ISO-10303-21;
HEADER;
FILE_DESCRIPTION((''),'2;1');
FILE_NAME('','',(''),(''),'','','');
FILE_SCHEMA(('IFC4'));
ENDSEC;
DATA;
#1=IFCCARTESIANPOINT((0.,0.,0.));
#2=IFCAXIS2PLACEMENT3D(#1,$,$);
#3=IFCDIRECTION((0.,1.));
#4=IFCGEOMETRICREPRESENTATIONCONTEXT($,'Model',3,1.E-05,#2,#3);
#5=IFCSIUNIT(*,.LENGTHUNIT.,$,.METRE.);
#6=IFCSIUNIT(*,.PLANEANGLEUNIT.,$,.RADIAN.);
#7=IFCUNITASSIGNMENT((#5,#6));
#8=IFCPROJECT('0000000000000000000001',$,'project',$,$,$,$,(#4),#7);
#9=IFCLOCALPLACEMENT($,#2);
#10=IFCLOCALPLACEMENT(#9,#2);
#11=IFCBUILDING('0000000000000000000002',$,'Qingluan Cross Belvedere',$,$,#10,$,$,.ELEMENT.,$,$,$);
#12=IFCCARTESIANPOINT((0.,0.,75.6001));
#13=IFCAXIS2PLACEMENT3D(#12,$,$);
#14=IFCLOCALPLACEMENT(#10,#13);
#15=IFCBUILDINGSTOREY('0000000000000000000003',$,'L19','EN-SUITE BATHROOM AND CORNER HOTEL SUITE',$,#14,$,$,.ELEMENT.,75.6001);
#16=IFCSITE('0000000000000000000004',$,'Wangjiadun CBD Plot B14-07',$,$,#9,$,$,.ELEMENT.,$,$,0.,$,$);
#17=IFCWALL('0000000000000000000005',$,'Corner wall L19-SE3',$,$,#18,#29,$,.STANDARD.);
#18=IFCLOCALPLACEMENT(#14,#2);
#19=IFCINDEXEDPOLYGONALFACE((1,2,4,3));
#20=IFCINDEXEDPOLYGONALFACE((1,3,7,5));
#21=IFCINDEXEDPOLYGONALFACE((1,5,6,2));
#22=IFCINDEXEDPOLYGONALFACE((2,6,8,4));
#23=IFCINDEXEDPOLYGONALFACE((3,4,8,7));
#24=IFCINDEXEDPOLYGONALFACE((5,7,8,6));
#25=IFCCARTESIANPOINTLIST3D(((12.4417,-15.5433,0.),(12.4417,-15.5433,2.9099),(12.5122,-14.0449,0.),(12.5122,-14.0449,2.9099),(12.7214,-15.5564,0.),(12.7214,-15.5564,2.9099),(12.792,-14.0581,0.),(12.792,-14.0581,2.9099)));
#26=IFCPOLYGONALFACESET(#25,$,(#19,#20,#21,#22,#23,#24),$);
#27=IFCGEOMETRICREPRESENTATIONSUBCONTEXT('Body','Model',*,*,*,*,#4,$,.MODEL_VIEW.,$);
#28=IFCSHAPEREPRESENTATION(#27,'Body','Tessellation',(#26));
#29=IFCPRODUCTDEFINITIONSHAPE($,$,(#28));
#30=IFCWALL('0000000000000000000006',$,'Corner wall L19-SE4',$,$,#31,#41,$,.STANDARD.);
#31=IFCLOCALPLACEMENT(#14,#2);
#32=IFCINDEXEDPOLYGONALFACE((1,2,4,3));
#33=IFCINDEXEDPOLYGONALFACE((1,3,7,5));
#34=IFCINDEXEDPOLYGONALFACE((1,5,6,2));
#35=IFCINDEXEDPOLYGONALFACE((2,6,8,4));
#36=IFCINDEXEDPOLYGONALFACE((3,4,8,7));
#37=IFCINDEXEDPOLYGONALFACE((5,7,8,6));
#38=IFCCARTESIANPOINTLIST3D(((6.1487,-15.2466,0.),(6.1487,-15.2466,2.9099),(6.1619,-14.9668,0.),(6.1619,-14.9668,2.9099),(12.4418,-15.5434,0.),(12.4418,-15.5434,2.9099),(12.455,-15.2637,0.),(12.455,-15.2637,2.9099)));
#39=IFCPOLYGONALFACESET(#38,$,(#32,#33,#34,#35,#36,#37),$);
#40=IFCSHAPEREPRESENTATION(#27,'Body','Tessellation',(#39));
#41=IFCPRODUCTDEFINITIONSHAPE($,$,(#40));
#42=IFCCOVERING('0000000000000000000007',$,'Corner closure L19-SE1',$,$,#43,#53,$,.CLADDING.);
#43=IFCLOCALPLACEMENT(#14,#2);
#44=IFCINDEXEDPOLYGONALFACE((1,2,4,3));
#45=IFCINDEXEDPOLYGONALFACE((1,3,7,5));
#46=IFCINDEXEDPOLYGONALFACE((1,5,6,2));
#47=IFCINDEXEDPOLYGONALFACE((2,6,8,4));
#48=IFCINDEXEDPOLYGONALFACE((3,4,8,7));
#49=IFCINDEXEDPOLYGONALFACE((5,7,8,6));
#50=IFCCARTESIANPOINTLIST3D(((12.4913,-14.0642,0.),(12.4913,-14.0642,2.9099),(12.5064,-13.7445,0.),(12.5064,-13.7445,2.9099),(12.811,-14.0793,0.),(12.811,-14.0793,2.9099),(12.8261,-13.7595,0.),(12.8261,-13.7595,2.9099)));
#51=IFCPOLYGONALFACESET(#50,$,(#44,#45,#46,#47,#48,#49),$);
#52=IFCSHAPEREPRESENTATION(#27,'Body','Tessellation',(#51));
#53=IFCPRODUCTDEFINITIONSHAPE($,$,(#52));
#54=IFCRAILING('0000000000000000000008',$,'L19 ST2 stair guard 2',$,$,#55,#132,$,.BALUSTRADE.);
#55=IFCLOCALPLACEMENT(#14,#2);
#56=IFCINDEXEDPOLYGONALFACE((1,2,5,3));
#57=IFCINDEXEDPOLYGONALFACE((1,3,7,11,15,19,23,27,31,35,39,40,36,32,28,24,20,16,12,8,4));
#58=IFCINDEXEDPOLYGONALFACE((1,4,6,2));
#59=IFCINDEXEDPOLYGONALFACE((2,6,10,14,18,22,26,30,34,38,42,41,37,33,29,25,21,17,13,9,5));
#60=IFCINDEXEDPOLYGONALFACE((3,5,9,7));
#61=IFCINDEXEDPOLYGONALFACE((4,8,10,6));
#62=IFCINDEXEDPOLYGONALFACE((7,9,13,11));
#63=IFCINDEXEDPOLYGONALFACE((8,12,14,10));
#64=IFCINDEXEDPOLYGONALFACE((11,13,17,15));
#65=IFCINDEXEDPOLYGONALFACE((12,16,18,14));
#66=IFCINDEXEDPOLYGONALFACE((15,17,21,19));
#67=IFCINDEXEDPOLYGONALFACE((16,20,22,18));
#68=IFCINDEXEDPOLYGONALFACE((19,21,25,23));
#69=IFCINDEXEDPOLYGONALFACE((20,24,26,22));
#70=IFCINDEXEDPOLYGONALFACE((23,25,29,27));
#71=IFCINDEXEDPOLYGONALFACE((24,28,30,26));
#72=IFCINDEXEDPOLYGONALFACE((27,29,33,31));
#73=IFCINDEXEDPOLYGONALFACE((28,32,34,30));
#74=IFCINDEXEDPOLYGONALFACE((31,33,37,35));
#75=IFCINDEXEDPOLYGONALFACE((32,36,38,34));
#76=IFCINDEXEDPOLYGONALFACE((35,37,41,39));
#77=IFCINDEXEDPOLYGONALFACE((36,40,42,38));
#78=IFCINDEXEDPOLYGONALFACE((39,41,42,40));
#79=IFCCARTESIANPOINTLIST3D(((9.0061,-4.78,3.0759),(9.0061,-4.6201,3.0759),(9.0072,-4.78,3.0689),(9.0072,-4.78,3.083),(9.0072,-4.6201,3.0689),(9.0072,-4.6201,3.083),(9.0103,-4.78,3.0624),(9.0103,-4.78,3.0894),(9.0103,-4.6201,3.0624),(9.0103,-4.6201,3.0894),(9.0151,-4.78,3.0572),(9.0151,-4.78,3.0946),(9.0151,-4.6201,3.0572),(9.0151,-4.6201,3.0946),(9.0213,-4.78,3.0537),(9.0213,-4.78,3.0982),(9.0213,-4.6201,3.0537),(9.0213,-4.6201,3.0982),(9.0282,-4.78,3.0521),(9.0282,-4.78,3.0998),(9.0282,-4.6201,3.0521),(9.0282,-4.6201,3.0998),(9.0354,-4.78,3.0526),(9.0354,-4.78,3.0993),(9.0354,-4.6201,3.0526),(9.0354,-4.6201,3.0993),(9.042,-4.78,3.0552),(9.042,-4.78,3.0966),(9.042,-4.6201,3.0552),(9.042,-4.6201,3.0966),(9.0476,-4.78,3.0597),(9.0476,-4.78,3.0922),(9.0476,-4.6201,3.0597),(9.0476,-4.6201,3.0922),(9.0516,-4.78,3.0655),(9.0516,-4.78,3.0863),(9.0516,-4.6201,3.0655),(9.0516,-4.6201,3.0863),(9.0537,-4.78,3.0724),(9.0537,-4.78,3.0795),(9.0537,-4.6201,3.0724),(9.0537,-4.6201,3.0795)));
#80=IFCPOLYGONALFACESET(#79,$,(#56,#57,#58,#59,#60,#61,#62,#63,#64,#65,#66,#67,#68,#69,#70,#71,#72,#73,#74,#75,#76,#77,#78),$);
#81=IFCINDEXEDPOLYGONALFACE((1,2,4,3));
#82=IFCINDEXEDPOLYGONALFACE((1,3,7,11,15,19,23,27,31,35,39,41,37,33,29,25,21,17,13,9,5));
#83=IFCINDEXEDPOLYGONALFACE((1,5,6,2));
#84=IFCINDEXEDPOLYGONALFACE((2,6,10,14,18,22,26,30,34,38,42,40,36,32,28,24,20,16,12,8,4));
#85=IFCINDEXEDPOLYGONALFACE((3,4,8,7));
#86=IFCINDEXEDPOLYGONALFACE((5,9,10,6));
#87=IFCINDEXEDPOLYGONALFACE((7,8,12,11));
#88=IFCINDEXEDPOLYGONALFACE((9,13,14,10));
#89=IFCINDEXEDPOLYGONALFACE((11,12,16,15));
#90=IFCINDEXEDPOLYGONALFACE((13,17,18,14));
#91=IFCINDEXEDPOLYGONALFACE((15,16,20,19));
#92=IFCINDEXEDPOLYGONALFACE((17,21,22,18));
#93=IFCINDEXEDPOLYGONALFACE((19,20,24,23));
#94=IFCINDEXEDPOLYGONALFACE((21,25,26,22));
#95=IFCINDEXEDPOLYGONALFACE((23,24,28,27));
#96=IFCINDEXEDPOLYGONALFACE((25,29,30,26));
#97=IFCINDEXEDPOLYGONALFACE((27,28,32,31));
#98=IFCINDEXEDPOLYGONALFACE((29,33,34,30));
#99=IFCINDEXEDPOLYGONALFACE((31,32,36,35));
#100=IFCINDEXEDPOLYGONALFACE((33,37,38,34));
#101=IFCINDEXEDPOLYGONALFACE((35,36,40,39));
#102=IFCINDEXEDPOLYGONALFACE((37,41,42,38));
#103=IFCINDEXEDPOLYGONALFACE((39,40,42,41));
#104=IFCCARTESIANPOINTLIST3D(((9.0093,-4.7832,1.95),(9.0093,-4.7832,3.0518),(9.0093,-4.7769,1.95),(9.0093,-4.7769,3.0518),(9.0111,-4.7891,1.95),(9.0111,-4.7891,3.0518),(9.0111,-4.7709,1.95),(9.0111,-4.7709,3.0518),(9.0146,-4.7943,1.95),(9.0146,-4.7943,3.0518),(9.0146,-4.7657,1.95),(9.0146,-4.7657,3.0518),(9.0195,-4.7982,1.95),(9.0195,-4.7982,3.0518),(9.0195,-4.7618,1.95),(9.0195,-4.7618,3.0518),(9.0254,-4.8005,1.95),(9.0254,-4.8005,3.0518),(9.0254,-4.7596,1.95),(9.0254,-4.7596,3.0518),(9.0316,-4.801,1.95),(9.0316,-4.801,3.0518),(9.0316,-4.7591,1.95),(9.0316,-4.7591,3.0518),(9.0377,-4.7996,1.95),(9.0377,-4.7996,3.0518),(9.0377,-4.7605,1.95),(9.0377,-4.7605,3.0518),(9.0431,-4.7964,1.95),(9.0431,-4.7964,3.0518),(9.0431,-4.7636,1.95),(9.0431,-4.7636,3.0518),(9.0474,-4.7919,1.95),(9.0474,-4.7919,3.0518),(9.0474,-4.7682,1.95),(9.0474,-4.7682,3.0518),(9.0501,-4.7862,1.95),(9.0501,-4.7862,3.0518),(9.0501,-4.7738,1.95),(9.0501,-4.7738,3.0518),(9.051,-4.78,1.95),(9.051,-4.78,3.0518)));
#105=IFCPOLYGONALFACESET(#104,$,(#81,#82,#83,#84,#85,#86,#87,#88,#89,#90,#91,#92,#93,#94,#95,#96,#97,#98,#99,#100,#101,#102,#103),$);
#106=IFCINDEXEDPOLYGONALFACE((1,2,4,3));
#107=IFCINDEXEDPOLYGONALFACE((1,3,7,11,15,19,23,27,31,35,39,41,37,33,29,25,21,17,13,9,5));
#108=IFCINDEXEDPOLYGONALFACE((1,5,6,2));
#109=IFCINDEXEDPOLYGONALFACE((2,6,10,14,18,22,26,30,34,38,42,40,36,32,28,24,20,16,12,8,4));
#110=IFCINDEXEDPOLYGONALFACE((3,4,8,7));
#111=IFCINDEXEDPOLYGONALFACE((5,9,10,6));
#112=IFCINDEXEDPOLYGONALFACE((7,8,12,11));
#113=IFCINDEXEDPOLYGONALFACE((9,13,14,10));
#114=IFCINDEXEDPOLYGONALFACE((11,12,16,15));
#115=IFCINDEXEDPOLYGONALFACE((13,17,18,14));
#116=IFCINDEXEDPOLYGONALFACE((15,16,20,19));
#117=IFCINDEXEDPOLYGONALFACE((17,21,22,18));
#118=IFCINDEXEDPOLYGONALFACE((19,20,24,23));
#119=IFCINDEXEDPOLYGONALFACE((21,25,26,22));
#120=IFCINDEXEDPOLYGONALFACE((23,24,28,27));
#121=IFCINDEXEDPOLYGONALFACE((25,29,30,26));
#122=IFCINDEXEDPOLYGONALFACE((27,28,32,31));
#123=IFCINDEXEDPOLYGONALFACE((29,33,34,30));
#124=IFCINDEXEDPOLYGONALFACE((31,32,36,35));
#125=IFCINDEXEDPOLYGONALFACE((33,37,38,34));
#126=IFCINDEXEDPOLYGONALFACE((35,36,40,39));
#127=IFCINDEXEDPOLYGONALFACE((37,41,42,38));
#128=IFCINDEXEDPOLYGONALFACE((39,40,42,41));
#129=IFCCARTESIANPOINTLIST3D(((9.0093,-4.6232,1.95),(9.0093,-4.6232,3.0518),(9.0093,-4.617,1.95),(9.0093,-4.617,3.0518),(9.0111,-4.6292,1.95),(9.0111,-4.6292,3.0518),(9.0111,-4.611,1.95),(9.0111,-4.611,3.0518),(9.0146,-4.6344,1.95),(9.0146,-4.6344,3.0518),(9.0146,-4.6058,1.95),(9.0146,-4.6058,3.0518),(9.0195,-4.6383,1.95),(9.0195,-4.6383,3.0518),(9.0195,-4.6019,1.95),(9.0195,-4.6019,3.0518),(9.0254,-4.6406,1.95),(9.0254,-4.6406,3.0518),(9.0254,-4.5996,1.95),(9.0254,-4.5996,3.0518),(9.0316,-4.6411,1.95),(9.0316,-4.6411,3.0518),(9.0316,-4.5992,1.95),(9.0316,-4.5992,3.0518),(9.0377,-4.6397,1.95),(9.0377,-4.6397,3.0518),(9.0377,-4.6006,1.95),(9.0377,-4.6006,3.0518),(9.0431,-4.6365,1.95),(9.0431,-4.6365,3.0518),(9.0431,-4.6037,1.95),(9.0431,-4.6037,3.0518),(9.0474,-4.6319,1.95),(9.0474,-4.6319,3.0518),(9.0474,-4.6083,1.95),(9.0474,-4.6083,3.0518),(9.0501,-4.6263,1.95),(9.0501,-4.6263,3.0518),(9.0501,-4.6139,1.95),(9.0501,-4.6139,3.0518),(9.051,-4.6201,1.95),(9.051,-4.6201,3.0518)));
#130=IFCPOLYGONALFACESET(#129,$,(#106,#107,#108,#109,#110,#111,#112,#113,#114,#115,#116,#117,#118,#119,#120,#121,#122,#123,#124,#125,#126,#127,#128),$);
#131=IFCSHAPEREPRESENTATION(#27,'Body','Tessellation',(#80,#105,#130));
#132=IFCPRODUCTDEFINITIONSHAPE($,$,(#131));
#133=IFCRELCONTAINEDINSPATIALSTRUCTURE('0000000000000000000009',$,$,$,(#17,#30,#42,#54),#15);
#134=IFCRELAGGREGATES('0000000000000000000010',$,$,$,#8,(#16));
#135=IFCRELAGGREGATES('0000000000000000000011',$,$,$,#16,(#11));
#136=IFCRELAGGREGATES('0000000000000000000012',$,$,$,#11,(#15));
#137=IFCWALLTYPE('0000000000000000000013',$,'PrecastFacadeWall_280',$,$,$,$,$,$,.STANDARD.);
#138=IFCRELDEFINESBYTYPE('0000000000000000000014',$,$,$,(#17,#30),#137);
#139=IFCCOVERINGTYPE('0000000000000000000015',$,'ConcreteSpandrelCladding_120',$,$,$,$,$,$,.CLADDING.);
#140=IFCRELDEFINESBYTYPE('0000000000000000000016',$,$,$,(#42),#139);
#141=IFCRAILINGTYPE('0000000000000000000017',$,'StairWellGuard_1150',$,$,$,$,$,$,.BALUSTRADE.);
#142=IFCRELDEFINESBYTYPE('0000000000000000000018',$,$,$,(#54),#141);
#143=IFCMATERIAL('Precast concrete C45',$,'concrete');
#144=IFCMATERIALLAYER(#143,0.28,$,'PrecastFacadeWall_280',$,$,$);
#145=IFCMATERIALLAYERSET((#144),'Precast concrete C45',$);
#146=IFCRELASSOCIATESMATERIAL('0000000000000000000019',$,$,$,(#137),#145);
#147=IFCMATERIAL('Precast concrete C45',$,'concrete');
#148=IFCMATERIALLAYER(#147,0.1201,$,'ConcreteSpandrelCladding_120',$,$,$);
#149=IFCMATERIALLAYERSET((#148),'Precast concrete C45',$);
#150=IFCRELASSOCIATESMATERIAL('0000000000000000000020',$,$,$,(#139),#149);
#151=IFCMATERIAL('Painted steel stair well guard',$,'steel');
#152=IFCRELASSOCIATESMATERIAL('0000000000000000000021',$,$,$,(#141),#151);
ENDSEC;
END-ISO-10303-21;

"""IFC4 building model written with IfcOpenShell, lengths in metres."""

from ifc_helpers import new_model, si_unit, direction, frame, frame_2d, origin, origin_2d, place, context, subcontext, project, spatial, rectangle, circle, extrude, material, layer, layer_set, type_object, element, save


model = new_model("IFC4")

# Units and contexts
model_context = context("Model", 3, precision=1e-05, world=origin(), true_north=direction((0.0, 1.0)))
body_context = subcontext(model_context, "Body", "Model", "MODEL_VIEW")
ifc_project = project(units=[si_unit("LENGTHUNIT", "METRE"), si_unit("PLANEANGLEUNIT", "RADIAN")], contexts=[model_context])

# Site, building, storey
site_placement = place(None, origin())
site = spatial("IfcSite", under=ifc_project, at=site_placement, Name="Wangjiadun CBD Plot B14-07", CompositionType="ELEMENT", RefElevation=0.0)
building_placement = place(site_placement, origin())
building = spatial("IfcBuilding", under=site, at=building_placement, Name="Qingluan Cross Belvedere", CompositionType="ELEMENT")
storey_placement = place(building_placement, frame((0.0, 0.0, 75.6001)))
storey = spatial("IfcBuildingStorey", under=building, at=storey_placement, Name="L19", Description="EN-SUITE BATHROOM AND CORNER HOTEL SUITE", CompositionType="ELEMENT", Elevation=75.6001)

# Walls
ifc_material_1 = material(Name="Precast concrete C45", Category="concrete")
ifc_layer_1 = layer(ifc_material_1, 0.28, Name="PrecastFacadeWall_280")
ifc_layer_set_1 = layer_set([ifc_layer_1], Name="Precast concrete C45")
wall_type_1 = type_object("IfcWallType", Name="PrecastFacadeWall_280", PredefinedType="STANDARD", material=ifc_layer_set_1)
wall_1_placement = place(storey_placement, frame((12.6521, -14.0515, 0.0), z_axis=(0.0, 0.0, 1.0), x_axis=(-0.047039, -0.998893, 0.0)))
element("IfcWall", 1, at=wall_1_placement, inside=storey, type_object=wall_type_1, Name="Corner wall L19-SE3", PredefinedType="STANDARD", context=body_context, shape_type="SweptSolid", body=[
    extrude(rectangle(XDim=1.5, YDim=0.28, at=frame_2d((0.75, 0.0))), origin(), (0.0, 0.0, 1.0), 2.9099),
])
wall_2_placement = place(storey_placement, frame((12.4482, -15.4036, 0.0), z_axis=(0.0, 0.0, 1.0), x_axis=(-0.998889, 0.047123, 0.0)))
element("IfcWall", 2, at=wall_2_placement, inside=storey, type_object=wall_type_1, Name="Corner wall L19-SE4", PredefinedType="STANDARD", context=body_context, shape_type="SweptSolid", body=[
    extrude(rectangle(XDim=6.3, YDim=0.28, at=frame_2d((3.1499, 0.0))), origin(), (0.0, 0.0, 1.0), 2.9099),
])

# Covering
ifc_material_2 = material(Name="Precast concrete C45", Category="concrete")
ifc_layer_2 = layer(ifc_material_2, 0.1201, Name="ConcreteSpandrelCladding_120")
ifc_layer_set_2 = layer_set([ifc_layer_2], Name="Precast concrete C45")
covering_type = type_object("IfcCoveringType", Name="ConcreteSpandrelCladding_120", PredefinedType="CLADDING", material=ifc_layer_set_2)
covering_placement = place(storey_placement, frame((12.6587, -13.9119, 0.0), z_axis=(0.0, 0.0, 1.0), x_axis=(0.99889, -0.047106, 0.0)))
element("IfcCovering", 3, at=covering_placement, inside=storey, type_object=covering_type, Name="Corner closure L19-SE1", PredefinedType="CLADDING", context=body_context, shape_type="SweptSolid", body=[
    extrude(rectangle(XDim=0.3201, YDim=0.3201, at=origin_2d()), origin(), (0.0, 0.0, 1.0), 2.9099),
])

# Railing
ifc_material_3 = material(Name="Painted steel stair well guard", Category="steel")
railing_type = type_object("IfcRailingType", Name="StairWellGuard_1150", PredefinedType="BALUSTRADE", material=ifc_material_3)
railing_1_placement = place(storey_placement, frame((9.03, -4.78, 1.95)))
element("IfcRailing", 4, at=railing_1_placement, inside=storey, type_object=railing_type, Name="L19 ST2 stair guard 2", PredefinedType="BALUSTRADE", context=body_context, shape_type="SweptSolid", body=[
    extrude(circle(Radius=0.0239, at=origin_2d()), frame((0.0, 0.0, 1.126), z_axis=(0.0, 1.0, 0.0), x_axis=(-1.0, 0.0, 0.0)), (0.0, 0.0, 1.0), 0.1599),
    extrude(circle(Radius=0.021, at=origin_2d()), origin(), (0.0, 0.0, 1.0), 1.1018),
    extrude(circle(Radius=0.021, at=origin_2d()), frame((0.0, 0.1599, 0.0)), (0.0, 0.0, 1.0), 1.1018),
])

save(model, "model.ifc")
